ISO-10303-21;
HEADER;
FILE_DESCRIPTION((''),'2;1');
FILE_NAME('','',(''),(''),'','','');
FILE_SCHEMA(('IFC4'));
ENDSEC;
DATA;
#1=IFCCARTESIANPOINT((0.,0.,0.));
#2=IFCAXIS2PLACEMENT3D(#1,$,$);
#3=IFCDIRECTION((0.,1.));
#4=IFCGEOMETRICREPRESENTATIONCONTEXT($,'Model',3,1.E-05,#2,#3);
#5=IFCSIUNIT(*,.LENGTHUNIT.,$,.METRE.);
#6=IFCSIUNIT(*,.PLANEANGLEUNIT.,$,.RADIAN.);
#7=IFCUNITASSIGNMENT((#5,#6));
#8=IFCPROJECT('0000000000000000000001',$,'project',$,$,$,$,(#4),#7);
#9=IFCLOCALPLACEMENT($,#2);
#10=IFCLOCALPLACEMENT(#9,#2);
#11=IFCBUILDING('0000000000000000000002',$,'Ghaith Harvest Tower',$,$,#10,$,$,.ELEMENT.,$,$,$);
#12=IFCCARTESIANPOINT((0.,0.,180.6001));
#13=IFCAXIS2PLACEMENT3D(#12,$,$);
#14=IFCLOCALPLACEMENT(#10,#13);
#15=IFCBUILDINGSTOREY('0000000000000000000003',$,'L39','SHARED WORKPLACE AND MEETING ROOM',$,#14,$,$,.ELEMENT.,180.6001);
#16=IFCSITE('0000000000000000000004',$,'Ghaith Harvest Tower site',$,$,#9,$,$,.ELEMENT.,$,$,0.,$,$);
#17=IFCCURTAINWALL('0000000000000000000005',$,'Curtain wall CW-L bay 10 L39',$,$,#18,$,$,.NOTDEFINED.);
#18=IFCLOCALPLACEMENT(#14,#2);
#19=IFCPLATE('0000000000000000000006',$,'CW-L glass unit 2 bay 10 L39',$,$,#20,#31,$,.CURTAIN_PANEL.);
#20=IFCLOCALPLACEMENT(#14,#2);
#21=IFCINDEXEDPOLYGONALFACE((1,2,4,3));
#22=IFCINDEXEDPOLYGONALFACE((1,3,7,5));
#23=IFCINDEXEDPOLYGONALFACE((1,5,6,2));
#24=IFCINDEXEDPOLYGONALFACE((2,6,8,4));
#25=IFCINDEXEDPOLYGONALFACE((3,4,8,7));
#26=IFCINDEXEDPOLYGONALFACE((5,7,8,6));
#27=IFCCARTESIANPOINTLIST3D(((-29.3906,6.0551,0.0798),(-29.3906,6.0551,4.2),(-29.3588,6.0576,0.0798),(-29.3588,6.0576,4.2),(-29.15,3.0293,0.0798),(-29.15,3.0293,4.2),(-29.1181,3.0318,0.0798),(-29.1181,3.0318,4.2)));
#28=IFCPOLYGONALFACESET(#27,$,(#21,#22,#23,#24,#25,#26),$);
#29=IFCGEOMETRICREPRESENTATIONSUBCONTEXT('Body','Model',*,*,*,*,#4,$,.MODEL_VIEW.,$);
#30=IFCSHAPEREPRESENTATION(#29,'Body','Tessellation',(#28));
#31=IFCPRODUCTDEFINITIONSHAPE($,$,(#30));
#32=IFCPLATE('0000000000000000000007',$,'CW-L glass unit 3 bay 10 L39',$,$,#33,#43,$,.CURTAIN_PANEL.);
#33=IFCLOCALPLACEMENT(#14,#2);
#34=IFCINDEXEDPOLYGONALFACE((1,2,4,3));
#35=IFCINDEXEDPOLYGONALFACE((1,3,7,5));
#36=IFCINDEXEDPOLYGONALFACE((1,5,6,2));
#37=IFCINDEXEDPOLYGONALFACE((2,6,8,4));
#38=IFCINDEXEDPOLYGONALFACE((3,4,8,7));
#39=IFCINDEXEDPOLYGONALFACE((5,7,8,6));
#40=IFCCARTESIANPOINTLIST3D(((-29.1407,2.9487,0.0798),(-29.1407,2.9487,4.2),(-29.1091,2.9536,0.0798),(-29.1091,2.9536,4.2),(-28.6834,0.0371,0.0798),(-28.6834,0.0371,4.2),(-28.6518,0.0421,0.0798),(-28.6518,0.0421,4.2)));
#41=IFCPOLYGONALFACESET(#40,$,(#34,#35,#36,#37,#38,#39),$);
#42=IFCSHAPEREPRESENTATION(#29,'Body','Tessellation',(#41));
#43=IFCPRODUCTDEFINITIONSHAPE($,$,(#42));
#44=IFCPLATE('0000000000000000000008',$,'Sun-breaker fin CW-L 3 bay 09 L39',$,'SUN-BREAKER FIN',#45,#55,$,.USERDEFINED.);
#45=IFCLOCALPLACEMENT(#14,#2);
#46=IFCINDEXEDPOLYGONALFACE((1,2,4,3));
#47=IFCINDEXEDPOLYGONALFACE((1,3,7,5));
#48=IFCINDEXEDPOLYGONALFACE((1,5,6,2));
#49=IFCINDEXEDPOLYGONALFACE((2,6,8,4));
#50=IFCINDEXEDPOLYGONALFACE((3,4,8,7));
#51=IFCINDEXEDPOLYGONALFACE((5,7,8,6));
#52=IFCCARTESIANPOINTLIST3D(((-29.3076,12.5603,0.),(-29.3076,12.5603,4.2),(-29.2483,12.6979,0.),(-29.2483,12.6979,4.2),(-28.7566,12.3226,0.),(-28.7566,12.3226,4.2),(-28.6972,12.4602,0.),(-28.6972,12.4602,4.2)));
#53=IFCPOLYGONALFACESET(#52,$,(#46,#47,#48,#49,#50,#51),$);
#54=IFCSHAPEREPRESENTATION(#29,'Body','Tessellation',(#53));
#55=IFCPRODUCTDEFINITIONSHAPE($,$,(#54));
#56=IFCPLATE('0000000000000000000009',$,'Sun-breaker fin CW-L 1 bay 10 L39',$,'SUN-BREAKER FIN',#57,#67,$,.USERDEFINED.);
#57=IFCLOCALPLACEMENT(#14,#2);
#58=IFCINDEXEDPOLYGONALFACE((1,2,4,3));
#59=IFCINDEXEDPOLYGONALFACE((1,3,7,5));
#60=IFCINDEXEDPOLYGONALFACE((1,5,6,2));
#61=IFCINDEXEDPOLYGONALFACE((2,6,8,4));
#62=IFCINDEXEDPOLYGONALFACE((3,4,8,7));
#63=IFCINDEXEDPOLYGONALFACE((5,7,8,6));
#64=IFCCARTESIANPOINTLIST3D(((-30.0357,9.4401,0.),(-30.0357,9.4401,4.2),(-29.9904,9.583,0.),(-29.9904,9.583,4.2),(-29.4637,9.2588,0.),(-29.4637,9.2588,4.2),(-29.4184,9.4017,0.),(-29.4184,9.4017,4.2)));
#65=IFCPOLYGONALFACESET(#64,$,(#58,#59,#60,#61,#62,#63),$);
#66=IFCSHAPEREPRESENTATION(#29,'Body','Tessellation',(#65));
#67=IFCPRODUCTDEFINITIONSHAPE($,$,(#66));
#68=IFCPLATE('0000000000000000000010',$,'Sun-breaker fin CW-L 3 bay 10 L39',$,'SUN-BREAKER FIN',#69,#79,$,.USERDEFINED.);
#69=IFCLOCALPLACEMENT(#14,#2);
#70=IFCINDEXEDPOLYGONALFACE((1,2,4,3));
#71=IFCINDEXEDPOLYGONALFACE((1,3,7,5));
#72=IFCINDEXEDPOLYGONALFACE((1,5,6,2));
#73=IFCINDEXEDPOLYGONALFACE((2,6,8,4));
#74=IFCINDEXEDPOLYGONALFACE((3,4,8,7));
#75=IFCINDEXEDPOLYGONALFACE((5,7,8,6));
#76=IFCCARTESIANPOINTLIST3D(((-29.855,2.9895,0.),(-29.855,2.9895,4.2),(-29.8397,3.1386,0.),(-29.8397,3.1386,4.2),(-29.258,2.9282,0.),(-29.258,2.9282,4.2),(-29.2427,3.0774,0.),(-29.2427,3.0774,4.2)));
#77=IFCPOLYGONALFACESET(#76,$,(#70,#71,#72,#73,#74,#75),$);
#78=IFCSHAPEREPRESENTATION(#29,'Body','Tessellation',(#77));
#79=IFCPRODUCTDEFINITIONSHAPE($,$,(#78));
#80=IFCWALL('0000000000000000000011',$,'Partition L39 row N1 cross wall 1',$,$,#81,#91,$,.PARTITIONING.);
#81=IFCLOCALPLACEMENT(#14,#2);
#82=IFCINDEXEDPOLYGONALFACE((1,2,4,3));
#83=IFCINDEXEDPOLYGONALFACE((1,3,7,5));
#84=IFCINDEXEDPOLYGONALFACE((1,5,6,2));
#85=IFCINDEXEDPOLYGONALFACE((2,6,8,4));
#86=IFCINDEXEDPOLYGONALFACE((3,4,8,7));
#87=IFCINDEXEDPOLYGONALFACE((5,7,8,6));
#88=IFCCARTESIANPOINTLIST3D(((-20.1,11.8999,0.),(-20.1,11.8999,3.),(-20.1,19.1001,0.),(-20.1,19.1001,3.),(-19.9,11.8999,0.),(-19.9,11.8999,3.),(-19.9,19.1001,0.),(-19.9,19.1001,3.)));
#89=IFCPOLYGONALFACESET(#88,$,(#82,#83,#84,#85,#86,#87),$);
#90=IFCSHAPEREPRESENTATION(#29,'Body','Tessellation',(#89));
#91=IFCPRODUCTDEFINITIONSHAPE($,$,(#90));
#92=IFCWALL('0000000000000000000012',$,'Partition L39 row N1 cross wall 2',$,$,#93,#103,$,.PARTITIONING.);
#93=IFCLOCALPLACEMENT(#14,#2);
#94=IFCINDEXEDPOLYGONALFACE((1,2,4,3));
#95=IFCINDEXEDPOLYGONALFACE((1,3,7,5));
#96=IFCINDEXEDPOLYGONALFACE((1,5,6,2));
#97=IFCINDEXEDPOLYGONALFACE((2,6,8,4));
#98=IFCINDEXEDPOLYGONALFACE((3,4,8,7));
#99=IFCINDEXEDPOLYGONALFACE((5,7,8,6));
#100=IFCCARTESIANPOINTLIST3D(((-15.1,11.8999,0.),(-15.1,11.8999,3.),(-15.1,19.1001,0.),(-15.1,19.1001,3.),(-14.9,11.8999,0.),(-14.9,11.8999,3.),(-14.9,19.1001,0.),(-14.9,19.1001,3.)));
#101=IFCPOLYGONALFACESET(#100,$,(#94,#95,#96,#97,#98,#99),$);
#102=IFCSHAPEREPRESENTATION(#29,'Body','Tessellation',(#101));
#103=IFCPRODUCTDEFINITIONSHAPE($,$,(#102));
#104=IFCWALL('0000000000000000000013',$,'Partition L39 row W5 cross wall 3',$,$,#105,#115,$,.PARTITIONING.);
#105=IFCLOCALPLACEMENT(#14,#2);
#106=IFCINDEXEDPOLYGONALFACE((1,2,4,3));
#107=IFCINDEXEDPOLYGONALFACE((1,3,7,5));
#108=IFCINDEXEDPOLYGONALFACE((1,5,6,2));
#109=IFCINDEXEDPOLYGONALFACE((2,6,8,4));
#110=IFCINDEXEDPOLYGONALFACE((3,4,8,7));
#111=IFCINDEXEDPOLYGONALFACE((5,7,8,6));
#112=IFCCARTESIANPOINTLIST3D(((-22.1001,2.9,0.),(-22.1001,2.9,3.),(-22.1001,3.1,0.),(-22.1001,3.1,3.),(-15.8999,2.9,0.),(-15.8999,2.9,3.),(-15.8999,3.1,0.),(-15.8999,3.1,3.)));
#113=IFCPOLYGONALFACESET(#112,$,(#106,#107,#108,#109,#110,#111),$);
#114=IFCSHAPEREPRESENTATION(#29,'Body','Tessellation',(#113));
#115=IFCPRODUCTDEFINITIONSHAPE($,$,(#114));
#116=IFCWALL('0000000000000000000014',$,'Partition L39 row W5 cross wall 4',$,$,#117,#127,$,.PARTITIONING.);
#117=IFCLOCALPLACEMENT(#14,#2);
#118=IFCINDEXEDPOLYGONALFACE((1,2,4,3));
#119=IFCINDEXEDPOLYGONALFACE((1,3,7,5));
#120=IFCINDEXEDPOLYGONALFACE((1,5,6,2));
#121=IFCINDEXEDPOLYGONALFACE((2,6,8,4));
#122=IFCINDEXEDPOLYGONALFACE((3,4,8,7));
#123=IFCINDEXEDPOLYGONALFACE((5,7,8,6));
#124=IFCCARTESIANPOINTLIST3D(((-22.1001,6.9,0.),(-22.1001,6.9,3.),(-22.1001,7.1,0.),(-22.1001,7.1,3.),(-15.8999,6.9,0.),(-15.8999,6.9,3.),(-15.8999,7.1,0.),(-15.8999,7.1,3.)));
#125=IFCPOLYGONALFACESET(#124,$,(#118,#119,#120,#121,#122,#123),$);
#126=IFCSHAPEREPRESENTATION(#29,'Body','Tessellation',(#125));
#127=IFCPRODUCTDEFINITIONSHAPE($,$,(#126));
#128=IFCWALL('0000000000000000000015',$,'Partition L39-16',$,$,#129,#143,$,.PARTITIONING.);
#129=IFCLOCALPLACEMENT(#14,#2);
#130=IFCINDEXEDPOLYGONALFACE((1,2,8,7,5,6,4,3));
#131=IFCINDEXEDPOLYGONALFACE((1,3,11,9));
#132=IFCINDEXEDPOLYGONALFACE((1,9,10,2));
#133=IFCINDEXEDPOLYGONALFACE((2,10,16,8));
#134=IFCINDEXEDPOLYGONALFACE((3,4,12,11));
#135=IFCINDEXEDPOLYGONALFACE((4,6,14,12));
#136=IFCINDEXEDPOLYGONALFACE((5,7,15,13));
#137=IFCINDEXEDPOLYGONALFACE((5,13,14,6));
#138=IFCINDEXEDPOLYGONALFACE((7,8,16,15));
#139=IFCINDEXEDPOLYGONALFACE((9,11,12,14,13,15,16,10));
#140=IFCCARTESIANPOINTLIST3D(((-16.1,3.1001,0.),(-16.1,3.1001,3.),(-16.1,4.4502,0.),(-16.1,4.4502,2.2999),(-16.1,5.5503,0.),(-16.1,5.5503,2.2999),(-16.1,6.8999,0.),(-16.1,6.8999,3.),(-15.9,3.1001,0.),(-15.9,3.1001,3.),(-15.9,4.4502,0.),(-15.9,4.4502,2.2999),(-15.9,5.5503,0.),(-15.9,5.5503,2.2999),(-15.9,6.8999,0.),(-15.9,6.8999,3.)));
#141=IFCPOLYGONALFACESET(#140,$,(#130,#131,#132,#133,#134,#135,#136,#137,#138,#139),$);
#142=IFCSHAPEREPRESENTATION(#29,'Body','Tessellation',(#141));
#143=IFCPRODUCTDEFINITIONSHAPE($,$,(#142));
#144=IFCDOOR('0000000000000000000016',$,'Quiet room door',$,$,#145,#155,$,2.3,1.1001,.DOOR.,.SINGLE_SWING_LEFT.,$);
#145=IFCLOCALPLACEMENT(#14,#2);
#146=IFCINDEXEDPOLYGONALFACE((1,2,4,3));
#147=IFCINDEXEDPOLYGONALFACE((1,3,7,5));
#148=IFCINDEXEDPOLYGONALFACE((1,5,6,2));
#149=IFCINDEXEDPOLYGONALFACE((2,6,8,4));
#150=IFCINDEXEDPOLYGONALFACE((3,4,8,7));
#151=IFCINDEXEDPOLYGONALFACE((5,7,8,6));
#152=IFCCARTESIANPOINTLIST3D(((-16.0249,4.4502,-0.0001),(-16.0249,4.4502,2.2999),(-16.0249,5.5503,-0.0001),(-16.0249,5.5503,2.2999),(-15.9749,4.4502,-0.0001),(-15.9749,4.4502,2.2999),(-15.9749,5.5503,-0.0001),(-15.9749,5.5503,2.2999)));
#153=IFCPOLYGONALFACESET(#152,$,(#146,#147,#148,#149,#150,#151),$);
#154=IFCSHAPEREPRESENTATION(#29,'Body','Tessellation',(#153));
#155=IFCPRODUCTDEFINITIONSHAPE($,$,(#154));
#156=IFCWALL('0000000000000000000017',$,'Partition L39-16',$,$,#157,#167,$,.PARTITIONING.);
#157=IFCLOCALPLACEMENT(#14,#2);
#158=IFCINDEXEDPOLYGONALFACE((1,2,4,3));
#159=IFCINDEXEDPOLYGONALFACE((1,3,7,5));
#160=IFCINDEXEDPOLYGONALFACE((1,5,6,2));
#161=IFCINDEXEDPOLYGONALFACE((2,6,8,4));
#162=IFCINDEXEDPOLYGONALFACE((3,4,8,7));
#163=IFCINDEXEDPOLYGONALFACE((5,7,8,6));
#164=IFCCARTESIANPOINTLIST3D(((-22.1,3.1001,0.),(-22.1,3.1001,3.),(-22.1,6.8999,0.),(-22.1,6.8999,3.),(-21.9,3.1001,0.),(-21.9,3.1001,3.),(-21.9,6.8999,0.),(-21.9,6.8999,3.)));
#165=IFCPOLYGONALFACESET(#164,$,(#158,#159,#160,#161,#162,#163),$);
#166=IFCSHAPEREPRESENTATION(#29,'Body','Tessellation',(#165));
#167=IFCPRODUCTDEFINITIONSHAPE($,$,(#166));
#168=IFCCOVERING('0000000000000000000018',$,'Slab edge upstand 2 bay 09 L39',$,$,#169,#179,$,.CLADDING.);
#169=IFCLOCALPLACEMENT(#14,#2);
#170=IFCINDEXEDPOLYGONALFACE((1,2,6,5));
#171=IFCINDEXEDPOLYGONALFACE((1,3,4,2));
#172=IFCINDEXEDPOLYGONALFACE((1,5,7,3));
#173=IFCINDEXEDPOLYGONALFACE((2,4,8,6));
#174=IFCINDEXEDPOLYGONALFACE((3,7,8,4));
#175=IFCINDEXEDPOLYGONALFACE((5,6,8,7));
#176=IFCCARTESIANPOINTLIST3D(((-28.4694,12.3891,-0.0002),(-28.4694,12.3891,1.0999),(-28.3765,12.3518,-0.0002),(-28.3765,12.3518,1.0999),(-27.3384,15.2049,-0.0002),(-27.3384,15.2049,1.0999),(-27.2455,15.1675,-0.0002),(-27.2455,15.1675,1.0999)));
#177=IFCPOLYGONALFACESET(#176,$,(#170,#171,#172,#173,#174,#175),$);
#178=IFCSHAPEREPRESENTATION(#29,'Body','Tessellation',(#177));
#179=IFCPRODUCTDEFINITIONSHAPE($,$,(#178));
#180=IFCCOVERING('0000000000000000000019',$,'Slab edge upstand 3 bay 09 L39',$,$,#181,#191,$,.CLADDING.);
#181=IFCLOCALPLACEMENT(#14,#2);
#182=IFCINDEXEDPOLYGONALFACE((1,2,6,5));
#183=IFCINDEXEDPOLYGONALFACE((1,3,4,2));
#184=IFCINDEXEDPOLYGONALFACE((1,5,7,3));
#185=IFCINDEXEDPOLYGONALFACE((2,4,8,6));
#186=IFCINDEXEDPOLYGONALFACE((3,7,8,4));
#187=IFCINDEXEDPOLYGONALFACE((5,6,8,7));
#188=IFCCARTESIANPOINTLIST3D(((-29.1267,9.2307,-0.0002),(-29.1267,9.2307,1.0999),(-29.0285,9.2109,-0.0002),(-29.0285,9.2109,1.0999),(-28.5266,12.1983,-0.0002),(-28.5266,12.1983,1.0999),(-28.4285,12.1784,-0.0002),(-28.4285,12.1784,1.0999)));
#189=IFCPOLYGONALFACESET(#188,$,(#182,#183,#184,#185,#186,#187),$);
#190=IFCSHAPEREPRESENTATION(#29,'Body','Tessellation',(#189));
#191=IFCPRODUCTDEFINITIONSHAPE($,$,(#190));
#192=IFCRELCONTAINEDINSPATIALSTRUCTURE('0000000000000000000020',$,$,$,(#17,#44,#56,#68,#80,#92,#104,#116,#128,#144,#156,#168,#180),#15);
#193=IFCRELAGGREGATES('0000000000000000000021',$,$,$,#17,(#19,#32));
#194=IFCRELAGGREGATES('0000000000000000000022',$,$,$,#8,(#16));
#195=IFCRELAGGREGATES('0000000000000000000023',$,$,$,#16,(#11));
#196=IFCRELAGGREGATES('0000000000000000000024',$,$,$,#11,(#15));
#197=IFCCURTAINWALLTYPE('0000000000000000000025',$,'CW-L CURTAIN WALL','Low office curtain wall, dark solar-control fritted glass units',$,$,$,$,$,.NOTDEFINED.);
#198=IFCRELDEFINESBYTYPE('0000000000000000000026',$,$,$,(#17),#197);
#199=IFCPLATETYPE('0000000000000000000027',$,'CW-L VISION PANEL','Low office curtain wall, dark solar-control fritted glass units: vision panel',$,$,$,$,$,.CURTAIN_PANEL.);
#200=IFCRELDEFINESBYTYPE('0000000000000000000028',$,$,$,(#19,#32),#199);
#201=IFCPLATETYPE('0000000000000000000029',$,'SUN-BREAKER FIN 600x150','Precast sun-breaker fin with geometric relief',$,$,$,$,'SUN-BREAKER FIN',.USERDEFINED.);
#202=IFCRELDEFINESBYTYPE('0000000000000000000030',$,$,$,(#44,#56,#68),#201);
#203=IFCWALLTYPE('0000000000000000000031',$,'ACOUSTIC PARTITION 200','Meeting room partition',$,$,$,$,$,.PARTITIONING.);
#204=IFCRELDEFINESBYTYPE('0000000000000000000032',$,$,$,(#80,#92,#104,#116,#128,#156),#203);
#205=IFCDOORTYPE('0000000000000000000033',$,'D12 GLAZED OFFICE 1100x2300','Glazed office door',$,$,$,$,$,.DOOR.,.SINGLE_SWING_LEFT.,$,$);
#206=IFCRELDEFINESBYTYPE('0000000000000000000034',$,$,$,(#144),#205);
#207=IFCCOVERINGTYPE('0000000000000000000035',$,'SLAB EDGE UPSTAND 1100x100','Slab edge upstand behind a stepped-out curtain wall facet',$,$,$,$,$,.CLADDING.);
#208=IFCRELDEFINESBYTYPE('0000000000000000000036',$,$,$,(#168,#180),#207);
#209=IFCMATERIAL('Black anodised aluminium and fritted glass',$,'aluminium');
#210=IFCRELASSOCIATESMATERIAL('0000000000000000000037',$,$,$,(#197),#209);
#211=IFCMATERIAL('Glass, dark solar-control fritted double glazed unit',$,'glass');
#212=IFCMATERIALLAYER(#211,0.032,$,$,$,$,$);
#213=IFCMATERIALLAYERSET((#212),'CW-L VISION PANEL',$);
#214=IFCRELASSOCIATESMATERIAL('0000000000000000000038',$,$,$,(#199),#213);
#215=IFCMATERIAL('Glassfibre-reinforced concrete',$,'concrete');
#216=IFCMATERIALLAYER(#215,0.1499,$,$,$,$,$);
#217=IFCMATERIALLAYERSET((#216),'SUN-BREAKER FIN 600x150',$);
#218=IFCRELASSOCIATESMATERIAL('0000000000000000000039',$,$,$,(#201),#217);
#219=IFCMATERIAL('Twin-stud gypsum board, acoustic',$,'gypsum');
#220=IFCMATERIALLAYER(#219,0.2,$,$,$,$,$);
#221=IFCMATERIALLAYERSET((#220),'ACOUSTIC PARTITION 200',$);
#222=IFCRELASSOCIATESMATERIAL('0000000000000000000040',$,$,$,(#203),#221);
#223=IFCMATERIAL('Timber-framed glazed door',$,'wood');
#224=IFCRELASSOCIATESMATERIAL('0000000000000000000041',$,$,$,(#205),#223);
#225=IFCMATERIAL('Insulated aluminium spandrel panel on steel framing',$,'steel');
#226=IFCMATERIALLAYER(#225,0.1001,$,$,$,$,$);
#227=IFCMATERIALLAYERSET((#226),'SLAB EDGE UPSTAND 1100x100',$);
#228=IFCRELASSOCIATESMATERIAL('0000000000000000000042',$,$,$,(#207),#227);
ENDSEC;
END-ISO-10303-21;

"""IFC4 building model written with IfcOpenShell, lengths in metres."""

from ifc_helpers import new_model, si_unit, direction, frame, frame_2d, origin, origin_2d, place, context, subcontext, project, spatial, rectangle, extrude, material, layer, layer_set, type_object, element, fill, aggregate, save


model = new_model("IFC4")

# Units and contexts
model_context = context("Model", 3, precision=1e-05, world=origin(), true_north=direction((0.0, 1.0)))
body_context = subcontext(model_context, "Body", "Model", "MODEL_VIEW")
ifc_project = project(units=[si_unit("LENGTHUNIT", "METRE"), si_unit("PLANEANGLEUNIT", "RADIAN")], contexts=[model_context])

# Site, building, storey
site_placement = place(None, origin())
site = spatial("IfcSite", under=ifc_project, at=site_placement, Name="Ghaith Harvest Tower site", CompositionType="ELEMENT", RefElevation=0.0)
building_placement = place(site_placement, origin())
building = spatial("IfcBuilding", under=site, at=building_placement, Name="Ghaith Harvest Tower", CompositionType="ELEMENT")
storey_placement = place(building_placement, frame((0.0, 0.0, 180.6001)))
storey = spatial("IfcBuildingStorey", under=building, at=storey_placement, Name="L39", Description="SHARED WORKPLACE AND MEETING ROOM", CompositionType="ELEMENT", Elevation=180.6001)

# Shared definitions
ifc_material_1 = material(Name="Black anodised aluminium and fritted glass", Category="aluminium")
curtain_wall_type = type_object("IfcCurtainWallType", Name="CW-L CURTAIN WALL", Description="Low office curtain wall, dark solar-control fritted glass units", PredefinedType="NOTDEFINED", material=ifc_material_1)

# Curtain wall
curtain_wall_1_placement = place(storey_placement, origin())
curtain_wall_1 = element("IfcCurtainWall", 1, at=curtain_wall_1_placement, inside=storey, type_object=curtain_wall_type, Name="Curtain wall CW-L bay 10 L39", PredefinedType="NOTDEFINED")

# Plates
ifc_material_2 = material(Name="Glass, dark solar-control fritted double glazed unit", Category="glass")
ifc_layer_1 = layer(ifc_material_2, 0.032)
ifc_layer_set_1 = layer_set([ifc_layer_1], Name="CW-L VISION PANEL")
plate_type_1 = type_object("IfcPlateType", Name="CW-L VISION PANEL", Description="Low office curtain wall, dark solar-control fritted glass units: vision panel", PredefinedType="CURTAIN_PANEL", material=ifc_layer_set_1)
plate_1_placement = place(storey_placement, frame((-29.2544, 4.5435, 0.0798), z_axis=(0.0, 0.0, 1.0), x_axis=(0.079273, -0.996853, 0.0)))
plate_1 = element("IfcPlate", 2, at=plate_1_placement, type_object=plate_type_1, Name="CW-L glass unit 2 bay 10 L39", PredefinedType="CURTAIN_PANEL", context=body_context, shape_type="SweptSolid", body=[
    extrude(rectangle(XDim=3.0354, YDim=0.032, at=origin_2d()), origin(), (0.0, 0.0, 1.0), 4.1201),
])
plate_2_placement = place(storey_placement, frame((-28.8962, 1.4954, 0.0798), z_axis=(0.0, 0.0, 1.0), x_axis=(0.155172, -0.987887, 0.0)))
plate_2 = element("IfcPlate", 3, at=plate_2_placement, type_object=plate_type_1, Name="CW-L glass unit 3 bay 10 L39", PredefinedType="CURTAIN_PANEL", context=body_context, shape_type="SweptSolid", body=[
    extrude(rectangle(XDim=2.9473, YDim=0.032, at=origin_2d()), origin(), (0.0, 0.0, 1.0), 4.1201),
])
aggregate(curtain_wall_1, [plate_1, plate_2])

# Plates
ifc_material_3 = material(Name="Glassfibre-reinforced concrete", Category="concrete")
ifc_layer_2 = layer(ifc_material_3, 0.1499)
ifc_layer_set_2 = layer_set([ifc_layer_2], Name="SUN-BREAKER FIN 600x150")
plate_type_2 = type_object("IfcPlateType", Name="SUN-BREAKER FIN 600x150", Description="Precast sun-breaker fin with geometric relief", ElementType="SUN-BREAKER FIN", PredefinedType="USERDEFINED", material=ifc_layer_set_2)
for number, where, z_axis, x_axis, name in (
    (4, (-29.0024, 12.5103, 0.0), (0.0, 0.0, 1.0), (-0.918218, 0.396075, 0.0), "Sun-breaker fin CW-L 3 bay 09 L39"),
    (5, (-29.7271, 9.4209, 0.0), (0.0, 0.0, 1.0), (-0.953273, 0.30211, 0.0), "Sun-breaker fin CW-L 1 bay 10 L39"),
    (6, (-29.5488, 3.0334, 0.0), (0.0, 0.0, 1.0), (-0.994772, 0.102123, 0.0), "Sun-breaker fin CW-L 3 bay 10 L39"),
):
    element("IfcPlate", number, at=place(storey_placement, frame(where, z_axis=z_axis, x_axis=x_axis)), inside=storey, type_object=plate_type_2, Name=name, ObjectType="SUN-BREAKER FIN", PredefinedType="USERDEFINED", context=body_context, shape_type="SweptSolid", body=[
        extrude(rectangle(XDim=0.6001, YDim=0.1499, at=origin_2d()), origin(), (0.0, 0.0, 1.0), 4.2),
    ])

# Walls
ifc_material_4 = material(Name="Twin-stud gypsum board, acoustic", Category="gypsum")
ifc_layer_3 = layer(ifc_material_4, 0.2)
ifc_layer_set_3 = layer_set([ifc_layer_3], Name="ACOUSTIC PARTITION 200")
wall_type = type_object("IfcWallType", Name="ACOUSTIC PARTITION 200", Description="Meeting room partition", PredefinedType="PARTITIONING", material=ifc_layer_set_3)
for number, where, z_axis, x_axis, name in (
    (7, (-20.0, 11.8999, 0.0), (0.0, 0.0, 1.0), (0.0, 1.0, 0.0), "Partition L39 row N1 cross wall 1"),
    (8, (-15.0, 11.8999, 0.0), (0.0, 0.0, 1.0), (0.0, 1.0, 0.0), "Partition L39 row N1 cross wall 2"),
):
    element("IfcWall", number, at=place(storey_placement, frame(where, z_axis=z_axis, x_axis=x_axis)), inside=storey, type_object=wall_type, Name=name, PredefinedType="PARTITIONING", context=body_context, shape_type="SweptSolid", body=[
        extrude(rectangle(XDim=7.2002, YDim=0.2, at=frame_2d((3.6001, 0.0))), origin(), (0.0, 0.0, 1.0), 3.0),
    ])

# Walls
for number, where, z_axis, x_axis, name in (
    (9, (-15.8999, 3.0, 0.0), (0.0, 0.0, 1.0), (-1.0, 0.0, 0.0), "Partition L39 row W5 cross wall 3"),
    (10, (-15.8999, 7.0, 0.0), (0.0, 0.0, 1.0), (-1.0, 0.0, 0.0), "Partition L39 row W5 cross wall 4"),
):
    element("IfcWall", number, at=place(storey_placement, frame(where, z_axis=z_axis, x_axis=x_axis)), inside=storey, type_object=wall_type, Name=name, PredefinedType="PARTITIONING", context=body_context, shape_type="SweptSolid", body=[
        extrude(rectangle(XDim=6.2002, YDim=0.2, at=frame_2d((3.1001, 0.0))), origin(), (0.0, 0.0, 1.0), 3.0),
    ])

# Wall, opening, door
wall_1_placement = place(storey_placement, frame((-16.0, 3.1001, 0.0), z_axis=(0.0, 0.0, 1.0), x_axis=(0.0, 1.0, 0.0)))
wall_1 = element("IfcWall", 11, at=wall_1_placement, inside=storey, type_object=wall_type, Name="Partition L39-16", PredefinedType="PARTITIONING", context=body_context, shape_type="SweptSolid", body=[
    extrude(rectangle(XDim=3.7998, YDim=0.2, at=frame_2d((1.8999, 0.0))), origin(), (0.0, 0.0, 1.0), 3.0),
])
opening_1_placement = place(wall_1_placement, frame((1.3501, 0.0, 0.0)))
opening_1 = element("IfcOpeningElement", 12, at=opening_1_placement, cuts=wall_1, PredefinedType="OPENING", context=body_context, shape_type="SweptSolid", body=[
    extrude(rectangle(XDim=1.1001, YDim=2.3, at=frame_2d((0.55, 1.1499))), frame((0.0, 0.1099, 0.0), z_axis=(0.0, -1.0, 0.0), x_axis=(1.0, 0.0, 0.0)), (0.0, 0.0, 1.0), 0.22),
])
ifc_material_5 = material(Name="Timber-framed glazed door", Category="wood")
door_type_1 = type_object("IfcDoorType", Name="D12 GLAZED OFFICE 1100x2300", Description="Glazed office door", OperationType="SINGLE_SWING_LEFT", PredefinedType="DOOR", material=ifc_material_5)
door_1_placement = place(opening_1_placement, origin())
door_1 = element("IfcDoor", 13, at=door_1_placement, inside=storey, type_object=door_type_1, Name="Quiet room door", OperationType="SINGLE_SWING_LEFT", OverallHeight=2.3, OverallWidth=1.1001, PredefinedType="DOOR", context=body_context, shape_type="SweptSolid", body=[
    extrude(rectangle(XDim=1.1001, YDim=2.3, at=frame_2d((0.55, 1.1499))), frame((0.0, 0.0249, 0.0), z_axis=(0.0, -1.0, 0.0), x_axis=(1.0, 0.0, 0.0)), (0.0, 0.0, 1.0), 0.05),
])
fill(opening_1, door_1)

# Wall
wall_2_placement = place(storey_placement, frame((-22.0, 3.1001, 0.0), z_axis=(0.0, 0.0, 1.0), x_axis=(0.0, 1.0, 0.0)))
element("IfcWall", 14, at=wall_2_placement, inside=storey, type_object=wall_type, Name="Partition L39-16", PredefinedType="PARTITIONING", context=body_context, shape_type="SweptSolid", body=[
    extrude(rectangle(XDim=3.7998, YDim=0.2, at=frame_2d((1.8999, 0.0))), origin(), (0.0, 0.0, 1.0), 3.0),
])

# Coverings
ifc_material_6 = material(Name="Insulated aluminium spandrel panel on steel framing", Category="steel")
ifc_layer_4 = layer(ifc_material_6, 0.1001)
ifc_layer_set_4 = layer_set([ifc_layer_4], Name="SLAB EDGE UPSTAND 1100x100")
covering_type = type_object("IfcCoveringType", Name="SLAB EDGE UPSTAND 1100x100", Description="Slab edge upstand behind a stepped-out curtain wall facet", PredefinedType="CLADDING", material=ifc_layer_set_4)
covering_1_placement = place(storey_placement, frame((-27.8574, 13.7783, -0.0002), z_axis=(0.0, 0.0, 1.0), x_axis=(-0.372732, -0.927939, 0.0)))
element("IfcCovering", 15, at=covering_1_placement, inside=storey, type_object=covering_type, Name="Slab edge upstand 2 bay 09 L39", PredefinedType="CLADDING", context=body_context, shape_type="SweptSolid", body=[
    extrude(rectangle(XDim=3.0344, YDim=0.1001, at=origin_2d()), origin(), (0.0, 0.0, 1.0), 1.1001),
])
covering_2_placement = place(storey_placement, frame((-28.7776, 10.7046, -0.0002), z_axis=(0.0, 0.0, 1.0), x_axis=(-0.198183, -0.980165, 0.0)))
element("IfcCovering", 16, at=covering_2_placement, inside=storey, type_object=covering_type, Name="Slab edge upstand 3 bay 09 L39", PredefinedType="CLADDING", context=body_context, shape_type="SweptSolid", body=[
    extrude(rectangle(XDim=3.0276, YDim=0.1001, at=origin_2d()), origin(), (0.0, 0.0, 1.0), 1.1001),
])

save(model, "model.ifc")
